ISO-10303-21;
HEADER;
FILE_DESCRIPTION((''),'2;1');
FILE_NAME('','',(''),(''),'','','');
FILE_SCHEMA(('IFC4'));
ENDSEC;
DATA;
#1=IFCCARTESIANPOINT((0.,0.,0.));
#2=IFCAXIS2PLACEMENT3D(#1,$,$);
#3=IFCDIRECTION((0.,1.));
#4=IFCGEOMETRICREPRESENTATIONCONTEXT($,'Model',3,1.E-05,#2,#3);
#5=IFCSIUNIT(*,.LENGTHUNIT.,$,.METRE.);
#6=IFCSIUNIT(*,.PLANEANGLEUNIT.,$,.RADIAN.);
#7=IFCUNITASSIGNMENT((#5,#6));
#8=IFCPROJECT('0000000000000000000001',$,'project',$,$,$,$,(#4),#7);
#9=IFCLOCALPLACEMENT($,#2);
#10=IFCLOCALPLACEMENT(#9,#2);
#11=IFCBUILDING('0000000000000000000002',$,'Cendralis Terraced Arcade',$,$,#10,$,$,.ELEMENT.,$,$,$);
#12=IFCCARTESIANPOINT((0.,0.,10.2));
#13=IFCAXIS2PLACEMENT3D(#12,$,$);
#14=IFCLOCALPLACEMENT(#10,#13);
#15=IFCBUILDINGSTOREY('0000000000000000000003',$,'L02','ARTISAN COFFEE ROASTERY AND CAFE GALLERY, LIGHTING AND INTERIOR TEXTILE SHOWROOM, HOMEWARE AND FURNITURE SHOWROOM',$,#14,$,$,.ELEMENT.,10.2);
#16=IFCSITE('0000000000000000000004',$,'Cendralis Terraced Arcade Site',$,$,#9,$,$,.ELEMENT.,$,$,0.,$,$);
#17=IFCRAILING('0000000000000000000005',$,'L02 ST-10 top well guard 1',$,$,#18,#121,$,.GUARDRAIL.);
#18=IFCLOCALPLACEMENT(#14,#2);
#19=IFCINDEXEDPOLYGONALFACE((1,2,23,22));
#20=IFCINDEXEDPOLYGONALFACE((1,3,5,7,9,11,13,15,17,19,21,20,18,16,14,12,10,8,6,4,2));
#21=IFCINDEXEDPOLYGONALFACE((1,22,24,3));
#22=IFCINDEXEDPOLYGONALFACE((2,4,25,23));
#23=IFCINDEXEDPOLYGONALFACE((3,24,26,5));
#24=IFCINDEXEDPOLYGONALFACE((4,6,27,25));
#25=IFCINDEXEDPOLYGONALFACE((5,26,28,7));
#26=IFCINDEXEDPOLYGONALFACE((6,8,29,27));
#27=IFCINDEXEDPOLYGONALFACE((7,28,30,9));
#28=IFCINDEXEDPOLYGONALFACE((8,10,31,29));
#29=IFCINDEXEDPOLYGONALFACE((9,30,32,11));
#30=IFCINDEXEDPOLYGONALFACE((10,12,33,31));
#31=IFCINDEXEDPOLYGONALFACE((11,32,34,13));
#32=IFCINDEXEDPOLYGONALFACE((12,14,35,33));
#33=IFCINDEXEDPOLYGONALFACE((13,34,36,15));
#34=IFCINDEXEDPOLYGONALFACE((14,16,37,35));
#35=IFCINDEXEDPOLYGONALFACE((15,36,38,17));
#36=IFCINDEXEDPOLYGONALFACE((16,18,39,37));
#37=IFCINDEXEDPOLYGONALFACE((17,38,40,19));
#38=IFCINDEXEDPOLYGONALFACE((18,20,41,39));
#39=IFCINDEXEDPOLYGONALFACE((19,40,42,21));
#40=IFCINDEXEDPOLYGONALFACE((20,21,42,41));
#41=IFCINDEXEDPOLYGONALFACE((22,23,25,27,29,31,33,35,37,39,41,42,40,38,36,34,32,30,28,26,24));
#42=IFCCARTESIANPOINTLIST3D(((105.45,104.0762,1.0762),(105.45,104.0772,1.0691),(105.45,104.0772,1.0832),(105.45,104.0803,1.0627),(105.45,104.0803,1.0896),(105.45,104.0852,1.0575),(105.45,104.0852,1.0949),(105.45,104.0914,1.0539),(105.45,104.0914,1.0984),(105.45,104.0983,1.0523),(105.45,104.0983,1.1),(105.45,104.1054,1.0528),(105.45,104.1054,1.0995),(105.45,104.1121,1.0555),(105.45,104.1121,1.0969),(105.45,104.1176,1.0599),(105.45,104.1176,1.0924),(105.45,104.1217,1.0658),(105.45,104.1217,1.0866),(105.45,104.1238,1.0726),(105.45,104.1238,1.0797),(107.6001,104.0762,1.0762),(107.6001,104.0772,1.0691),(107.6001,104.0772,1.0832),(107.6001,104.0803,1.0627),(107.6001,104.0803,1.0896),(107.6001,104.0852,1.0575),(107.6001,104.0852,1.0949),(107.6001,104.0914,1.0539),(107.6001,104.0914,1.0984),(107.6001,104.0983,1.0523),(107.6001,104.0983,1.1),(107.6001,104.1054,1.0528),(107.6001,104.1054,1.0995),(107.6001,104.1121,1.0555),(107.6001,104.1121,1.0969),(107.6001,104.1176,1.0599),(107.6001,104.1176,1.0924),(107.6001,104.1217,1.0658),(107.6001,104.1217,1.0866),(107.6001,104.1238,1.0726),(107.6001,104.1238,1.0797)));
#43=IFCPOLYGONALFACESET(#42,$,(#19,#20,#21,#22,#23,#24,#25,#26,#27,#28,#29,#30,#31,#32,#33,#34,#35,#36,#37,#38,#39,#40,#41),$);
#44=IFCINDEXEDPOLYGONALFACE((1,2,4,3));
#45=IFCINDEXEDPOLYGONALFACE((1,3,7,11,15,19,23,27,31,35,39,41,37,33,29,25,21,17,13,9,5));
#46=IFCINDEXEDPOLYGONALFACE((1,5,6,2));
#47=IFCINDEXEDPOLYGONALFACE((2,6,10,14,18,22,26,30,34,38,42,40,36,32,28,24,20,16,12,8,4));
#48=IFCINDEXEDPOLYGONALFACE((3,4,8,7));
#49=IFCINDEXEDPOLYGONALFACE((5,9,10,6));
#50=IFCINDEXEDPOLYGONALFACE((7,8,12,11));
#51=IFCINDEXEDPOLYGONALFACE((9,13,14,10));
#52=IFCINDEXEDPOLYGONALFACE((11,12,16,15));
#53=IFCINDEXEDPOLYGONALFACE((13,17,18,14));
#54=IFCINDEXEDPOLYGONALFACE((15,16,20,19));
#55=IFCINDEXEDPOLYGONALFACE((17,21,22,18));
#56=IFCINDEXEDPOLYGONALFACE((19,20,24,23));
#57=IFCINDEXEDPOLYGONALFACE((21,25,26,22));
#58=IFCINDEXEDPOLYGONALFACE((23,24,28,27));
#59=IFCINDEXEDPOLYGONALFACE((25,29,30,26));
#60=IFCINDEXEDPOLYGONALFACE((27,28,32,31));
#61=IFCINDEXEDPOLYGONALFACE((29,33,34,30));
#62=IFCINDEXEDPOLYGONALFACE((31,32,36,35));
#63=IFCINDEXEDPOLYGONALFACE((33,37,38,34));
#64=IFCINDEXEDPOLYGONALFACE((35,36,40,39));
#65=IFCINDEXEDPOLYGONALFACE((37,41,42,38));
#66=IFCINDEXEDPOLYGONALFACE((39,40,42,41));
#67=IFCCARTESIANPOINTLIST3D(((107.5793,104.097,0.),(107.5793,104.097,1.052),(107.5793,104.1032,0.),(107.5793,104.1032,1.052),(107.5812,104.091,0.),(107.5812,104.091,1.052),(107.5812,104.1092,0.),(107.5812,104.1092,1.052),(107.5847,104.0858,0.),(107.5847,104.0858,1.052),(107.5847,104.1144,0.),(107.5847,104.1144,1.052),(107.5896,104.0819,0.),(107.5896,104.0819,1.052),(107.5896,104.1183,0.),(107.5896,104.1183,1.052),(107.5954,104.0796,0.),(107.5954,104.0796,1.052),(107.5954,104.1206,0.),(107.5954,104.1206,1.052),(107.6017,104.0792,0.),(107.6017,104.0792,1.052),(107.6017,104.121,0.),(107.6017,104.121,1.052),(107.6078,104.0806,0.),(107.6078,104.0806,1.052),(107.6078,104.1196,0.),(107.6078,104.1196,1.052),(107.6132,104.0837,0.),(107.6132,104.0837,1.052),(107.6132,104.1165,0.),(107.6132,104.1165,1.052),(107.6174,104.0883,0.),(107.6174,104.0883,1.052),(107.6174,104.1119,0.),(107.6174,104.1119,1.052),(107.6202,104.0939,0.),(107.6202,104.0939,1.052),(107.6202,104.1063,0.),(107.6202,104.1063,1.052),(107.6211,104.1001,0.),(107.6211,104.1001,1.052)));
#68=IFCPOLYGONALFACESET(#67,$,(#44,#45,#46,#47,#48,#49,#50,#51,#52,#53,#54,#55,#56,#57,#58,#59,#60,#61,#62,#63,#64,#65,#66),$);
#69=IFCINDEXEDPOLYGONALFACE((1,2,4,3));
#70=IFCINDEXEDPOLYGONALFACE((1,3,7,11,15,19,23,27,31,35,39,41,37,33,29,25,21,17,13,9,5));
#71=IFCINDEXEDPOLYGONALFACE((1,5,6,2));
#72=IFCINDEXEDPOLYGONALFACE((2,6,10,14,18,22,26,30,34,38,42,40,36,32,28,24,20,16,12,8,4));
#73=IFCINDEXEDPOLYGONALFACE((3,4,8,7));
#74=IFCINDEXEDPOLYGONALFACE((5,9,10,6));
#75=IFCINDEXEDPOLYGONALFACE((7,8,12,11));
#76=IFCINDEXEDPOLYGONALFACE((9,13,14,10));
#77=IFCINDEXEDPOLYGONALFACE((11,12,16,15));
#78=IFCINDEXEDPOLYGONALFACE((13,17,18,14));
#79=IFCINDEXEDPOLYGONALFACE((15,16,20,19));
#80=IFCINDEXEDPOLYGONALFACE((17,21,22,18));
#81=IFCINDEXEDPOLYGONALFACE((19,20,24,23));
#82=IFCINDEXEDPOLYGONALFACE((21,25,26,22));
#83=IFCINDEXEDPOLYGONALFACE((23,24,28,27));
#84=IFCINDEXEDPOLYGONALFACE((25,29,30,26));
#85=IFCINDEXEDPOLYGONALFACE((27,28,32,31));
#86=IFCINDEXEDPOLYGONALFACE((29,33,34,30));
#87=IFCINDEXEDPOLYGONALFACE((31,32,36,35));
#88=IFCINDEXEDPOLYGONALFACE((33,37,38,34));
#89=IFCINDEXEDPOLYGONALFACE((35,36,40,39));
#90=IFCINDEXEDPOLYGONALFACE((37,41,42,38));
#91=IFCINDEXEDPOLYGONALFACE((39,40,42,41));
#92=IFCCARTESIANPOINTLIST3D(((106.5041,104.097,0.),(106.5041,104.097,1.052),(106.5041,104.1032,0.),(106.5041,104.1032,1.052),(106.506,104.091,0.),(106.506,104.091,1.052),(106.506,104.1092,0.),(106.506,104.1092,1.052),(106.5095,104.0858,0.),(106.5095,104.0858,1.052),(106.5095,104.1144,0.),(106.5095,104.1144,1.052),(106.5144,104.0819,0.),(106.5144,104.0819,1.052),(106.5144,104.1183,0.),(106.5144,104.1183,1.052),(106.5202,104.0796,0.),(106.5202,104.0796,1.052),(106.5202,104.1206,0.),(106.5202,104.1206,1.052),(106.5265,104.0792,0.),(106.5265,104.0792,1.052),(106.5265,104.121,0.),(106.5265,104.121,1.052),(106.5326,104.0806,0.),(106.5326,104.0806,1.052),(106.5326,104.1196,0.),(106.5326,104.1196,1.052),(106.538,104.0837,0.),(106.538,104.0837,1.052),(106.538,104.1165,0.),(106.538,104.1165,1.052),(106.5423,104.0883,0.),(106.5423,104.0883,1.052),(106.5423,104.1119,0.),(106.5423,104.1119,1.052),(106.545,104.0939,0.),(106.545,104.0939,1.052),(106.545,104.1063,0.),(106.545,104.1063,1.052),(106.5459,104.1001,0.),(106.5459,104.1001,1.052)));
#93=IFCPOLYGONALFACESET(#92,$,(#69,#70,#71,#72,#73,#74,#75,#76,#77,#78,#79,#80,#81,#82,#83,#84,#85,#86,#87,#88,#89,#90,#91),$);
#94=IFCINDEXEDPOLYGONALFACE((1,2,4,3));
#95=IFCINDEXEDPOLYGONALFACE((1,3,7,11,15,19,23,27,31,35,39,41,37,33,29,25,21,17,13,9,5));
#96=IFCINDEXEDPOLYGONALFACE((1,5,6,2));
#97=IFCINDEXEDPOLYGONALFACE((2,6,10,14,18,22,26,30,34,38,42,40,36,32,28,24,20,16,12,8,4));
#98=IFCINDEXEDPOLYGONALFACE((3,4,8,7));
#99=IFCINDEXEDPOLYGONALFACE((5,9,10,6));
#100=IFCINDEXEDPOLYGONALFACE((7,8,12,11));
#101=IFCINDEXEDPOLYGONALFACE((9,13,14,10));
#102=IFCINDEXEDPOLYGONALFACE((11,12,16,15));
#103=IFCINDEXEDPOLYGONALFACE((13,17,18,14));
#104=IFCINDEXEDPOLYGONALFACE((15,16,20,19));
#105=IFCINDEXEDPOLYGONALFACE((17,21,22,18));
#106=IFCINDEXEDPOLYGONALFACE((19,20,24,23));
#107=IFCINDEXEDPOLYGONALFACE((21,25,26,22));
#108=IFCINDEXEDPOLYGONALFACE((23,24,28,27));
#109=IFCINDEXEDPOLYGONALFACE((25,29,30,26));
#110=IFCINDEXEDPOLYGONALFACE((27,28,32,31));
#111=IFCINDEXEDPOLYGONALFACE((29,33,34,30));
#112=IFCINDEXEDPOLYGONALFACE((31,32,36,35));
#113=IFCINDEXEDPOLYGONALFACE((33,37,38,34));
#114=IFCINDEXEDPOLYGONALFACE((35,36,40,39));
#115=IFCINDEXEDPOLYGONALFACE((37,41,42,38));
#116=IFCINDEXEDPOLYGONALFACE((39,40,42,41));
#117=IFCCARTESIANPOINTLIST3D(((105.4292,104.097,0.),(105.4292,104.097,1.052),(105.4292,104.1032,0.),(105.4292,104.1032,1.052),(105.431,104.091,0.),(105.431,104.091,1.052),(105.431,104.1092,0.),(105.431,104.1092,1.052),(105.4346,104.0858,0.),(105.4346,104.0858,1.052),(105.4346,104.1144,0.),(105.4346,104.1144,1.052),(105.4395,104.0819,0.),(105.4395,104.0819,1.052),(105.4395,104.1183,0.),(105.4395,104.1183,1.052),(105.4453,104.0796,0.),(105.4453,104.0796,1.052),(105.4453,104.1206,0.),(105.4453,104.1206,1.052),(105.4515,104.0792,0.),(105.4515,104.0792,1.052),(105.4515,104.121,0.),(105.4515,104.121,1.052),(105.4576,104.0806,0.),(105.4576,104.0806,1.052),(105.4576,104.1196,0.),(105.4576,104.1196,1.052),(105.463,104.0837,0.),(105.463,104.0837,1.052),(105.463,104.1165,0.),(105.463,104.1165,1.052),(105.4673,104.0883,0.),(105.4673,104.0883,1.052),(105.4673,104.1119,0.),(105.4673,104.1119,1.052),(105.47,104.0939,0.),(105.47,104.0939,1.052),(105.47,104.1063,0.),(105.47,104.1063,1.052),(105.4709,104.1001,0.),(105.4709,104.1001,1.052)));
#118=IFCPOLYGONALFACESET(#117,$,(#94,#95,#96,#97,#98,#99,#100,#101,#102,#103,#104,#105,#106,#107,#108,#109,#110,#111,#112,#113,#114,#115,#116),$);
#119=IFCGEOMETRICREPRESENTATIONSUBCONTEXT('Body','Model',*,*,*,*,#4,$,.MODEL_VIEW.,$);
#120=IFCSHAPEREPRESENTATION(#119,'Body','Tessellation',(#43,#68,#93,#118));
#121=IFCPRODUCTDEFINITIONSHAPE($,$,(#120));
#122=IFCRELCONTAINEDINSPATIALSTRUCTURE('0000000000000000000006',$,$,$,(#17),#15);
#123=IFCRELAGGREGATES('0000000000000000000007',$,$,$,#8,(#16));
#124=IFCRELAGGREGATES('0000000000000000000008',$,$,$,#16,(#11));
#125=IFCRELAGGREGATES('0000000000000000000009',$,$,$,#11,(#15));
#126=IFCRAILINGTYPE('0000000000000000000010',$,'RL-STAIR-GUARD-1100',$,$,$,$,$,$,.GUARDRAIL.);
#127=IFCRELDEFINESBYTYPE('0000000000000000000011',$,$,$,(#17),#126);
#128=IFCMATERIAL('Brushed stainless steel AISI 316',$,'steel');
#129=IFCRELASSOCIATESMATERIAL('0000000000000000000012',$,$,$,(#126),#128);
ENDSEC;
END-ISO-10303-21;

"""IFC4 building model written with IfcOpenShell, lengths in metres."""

from ifc_helpers import new_model, si_unit, direction, frame, origin, origin_2d, place, context, subcontext, project, spatial, circle, extrude, material, type_object, element, save


model = new_model("IFC4")

# Units and contexts
model_context = context("Model", 3, precision=1e-05, world=origin(), true_north=direction((0.0, 1.0)))
body_context = subcontext(model_context, "Body", "Model", "MODEL_VIEW")
ifc_project = project(units=[si_unit("LENGTHUNIT", "METRE"), si_unit("PLANEANGLEUNIT", "RADIAN")], contexts=[model_context])

# Site, building, storey
site_placement = place(None, origin())
site = spatial("IfcSite", under=ifc_project, at=site_placement, Name="Cendralis Terraced Arcade Site", CompositionType="ELEMENT", RefElevation=0.0)
building_placement = place(site_placement, origin())
building = spatial("IfcBuilding", under=site, at=building_placement, Name="Cendralis Terraced Arcade", CompositionType="ELEMENT")
storey_placement = place(building_placement, frame((0.0, 0.0, 10.2)))
storey = spatial("IfcBuildingStorey", under=building, at=storey_placement, Name="L02", Description="ARTISAN COFFEE ROASTERY AND CAFE GALLERY, LIGHTING AND INTERIOR TEXTILE SHOWROOM, HOMEWARE AND FURNITURE SHOWROOM", CompositionType="ELEMENT", Elevation=10.2)

# Railing
ifc_material_1 = material(Name="Brushed stainless steel AISI 316", Category="steel")
railing_type = type_object("IfcRailingType", Name="RL-STAIR-GUARD-1100", PredefinedType="GUARDRAIL", material=ifc_material_1)
railing_placement = place(storey_placement, frame((107.6001, 104.1001, 0.0)))
element("IfcRailing", 1, at=railing_placement, inside=storey, type_object=railing_type, Name="L02 ST-10 top well guard 1", PredefinedType="GUARDRAIL", context=body_context, shape_type="SweptSolid", body=[
    extrude(circle(Radius=0.0239, at=origin_2d()), frame((0.0, 0.0, 1.0762), z_axis=(-1.0, 0.0, 0.0), x_axis=(0.0, -1.0, 0.0)), (0.0, 0.0, 1.0), 2.1501),
    extrude(circle(Radius=0.021, at=origin_2d()), origin(), (0.0, 0.0, 1.0), 1.052),
    extrude(circle(Radius=0.021, at=origin_2d()), frame((-1.0752, 0.0, 0.0)), (0.0, 0.0, 1.0), 1.052),
    extrude(circle(Radius=0.021, at=origin_2d()), frame((-2.1501, 0.0, 0.0)), (0.0, 0.0, 1.0), 1.052),
])

save(model, "model.ifc")
